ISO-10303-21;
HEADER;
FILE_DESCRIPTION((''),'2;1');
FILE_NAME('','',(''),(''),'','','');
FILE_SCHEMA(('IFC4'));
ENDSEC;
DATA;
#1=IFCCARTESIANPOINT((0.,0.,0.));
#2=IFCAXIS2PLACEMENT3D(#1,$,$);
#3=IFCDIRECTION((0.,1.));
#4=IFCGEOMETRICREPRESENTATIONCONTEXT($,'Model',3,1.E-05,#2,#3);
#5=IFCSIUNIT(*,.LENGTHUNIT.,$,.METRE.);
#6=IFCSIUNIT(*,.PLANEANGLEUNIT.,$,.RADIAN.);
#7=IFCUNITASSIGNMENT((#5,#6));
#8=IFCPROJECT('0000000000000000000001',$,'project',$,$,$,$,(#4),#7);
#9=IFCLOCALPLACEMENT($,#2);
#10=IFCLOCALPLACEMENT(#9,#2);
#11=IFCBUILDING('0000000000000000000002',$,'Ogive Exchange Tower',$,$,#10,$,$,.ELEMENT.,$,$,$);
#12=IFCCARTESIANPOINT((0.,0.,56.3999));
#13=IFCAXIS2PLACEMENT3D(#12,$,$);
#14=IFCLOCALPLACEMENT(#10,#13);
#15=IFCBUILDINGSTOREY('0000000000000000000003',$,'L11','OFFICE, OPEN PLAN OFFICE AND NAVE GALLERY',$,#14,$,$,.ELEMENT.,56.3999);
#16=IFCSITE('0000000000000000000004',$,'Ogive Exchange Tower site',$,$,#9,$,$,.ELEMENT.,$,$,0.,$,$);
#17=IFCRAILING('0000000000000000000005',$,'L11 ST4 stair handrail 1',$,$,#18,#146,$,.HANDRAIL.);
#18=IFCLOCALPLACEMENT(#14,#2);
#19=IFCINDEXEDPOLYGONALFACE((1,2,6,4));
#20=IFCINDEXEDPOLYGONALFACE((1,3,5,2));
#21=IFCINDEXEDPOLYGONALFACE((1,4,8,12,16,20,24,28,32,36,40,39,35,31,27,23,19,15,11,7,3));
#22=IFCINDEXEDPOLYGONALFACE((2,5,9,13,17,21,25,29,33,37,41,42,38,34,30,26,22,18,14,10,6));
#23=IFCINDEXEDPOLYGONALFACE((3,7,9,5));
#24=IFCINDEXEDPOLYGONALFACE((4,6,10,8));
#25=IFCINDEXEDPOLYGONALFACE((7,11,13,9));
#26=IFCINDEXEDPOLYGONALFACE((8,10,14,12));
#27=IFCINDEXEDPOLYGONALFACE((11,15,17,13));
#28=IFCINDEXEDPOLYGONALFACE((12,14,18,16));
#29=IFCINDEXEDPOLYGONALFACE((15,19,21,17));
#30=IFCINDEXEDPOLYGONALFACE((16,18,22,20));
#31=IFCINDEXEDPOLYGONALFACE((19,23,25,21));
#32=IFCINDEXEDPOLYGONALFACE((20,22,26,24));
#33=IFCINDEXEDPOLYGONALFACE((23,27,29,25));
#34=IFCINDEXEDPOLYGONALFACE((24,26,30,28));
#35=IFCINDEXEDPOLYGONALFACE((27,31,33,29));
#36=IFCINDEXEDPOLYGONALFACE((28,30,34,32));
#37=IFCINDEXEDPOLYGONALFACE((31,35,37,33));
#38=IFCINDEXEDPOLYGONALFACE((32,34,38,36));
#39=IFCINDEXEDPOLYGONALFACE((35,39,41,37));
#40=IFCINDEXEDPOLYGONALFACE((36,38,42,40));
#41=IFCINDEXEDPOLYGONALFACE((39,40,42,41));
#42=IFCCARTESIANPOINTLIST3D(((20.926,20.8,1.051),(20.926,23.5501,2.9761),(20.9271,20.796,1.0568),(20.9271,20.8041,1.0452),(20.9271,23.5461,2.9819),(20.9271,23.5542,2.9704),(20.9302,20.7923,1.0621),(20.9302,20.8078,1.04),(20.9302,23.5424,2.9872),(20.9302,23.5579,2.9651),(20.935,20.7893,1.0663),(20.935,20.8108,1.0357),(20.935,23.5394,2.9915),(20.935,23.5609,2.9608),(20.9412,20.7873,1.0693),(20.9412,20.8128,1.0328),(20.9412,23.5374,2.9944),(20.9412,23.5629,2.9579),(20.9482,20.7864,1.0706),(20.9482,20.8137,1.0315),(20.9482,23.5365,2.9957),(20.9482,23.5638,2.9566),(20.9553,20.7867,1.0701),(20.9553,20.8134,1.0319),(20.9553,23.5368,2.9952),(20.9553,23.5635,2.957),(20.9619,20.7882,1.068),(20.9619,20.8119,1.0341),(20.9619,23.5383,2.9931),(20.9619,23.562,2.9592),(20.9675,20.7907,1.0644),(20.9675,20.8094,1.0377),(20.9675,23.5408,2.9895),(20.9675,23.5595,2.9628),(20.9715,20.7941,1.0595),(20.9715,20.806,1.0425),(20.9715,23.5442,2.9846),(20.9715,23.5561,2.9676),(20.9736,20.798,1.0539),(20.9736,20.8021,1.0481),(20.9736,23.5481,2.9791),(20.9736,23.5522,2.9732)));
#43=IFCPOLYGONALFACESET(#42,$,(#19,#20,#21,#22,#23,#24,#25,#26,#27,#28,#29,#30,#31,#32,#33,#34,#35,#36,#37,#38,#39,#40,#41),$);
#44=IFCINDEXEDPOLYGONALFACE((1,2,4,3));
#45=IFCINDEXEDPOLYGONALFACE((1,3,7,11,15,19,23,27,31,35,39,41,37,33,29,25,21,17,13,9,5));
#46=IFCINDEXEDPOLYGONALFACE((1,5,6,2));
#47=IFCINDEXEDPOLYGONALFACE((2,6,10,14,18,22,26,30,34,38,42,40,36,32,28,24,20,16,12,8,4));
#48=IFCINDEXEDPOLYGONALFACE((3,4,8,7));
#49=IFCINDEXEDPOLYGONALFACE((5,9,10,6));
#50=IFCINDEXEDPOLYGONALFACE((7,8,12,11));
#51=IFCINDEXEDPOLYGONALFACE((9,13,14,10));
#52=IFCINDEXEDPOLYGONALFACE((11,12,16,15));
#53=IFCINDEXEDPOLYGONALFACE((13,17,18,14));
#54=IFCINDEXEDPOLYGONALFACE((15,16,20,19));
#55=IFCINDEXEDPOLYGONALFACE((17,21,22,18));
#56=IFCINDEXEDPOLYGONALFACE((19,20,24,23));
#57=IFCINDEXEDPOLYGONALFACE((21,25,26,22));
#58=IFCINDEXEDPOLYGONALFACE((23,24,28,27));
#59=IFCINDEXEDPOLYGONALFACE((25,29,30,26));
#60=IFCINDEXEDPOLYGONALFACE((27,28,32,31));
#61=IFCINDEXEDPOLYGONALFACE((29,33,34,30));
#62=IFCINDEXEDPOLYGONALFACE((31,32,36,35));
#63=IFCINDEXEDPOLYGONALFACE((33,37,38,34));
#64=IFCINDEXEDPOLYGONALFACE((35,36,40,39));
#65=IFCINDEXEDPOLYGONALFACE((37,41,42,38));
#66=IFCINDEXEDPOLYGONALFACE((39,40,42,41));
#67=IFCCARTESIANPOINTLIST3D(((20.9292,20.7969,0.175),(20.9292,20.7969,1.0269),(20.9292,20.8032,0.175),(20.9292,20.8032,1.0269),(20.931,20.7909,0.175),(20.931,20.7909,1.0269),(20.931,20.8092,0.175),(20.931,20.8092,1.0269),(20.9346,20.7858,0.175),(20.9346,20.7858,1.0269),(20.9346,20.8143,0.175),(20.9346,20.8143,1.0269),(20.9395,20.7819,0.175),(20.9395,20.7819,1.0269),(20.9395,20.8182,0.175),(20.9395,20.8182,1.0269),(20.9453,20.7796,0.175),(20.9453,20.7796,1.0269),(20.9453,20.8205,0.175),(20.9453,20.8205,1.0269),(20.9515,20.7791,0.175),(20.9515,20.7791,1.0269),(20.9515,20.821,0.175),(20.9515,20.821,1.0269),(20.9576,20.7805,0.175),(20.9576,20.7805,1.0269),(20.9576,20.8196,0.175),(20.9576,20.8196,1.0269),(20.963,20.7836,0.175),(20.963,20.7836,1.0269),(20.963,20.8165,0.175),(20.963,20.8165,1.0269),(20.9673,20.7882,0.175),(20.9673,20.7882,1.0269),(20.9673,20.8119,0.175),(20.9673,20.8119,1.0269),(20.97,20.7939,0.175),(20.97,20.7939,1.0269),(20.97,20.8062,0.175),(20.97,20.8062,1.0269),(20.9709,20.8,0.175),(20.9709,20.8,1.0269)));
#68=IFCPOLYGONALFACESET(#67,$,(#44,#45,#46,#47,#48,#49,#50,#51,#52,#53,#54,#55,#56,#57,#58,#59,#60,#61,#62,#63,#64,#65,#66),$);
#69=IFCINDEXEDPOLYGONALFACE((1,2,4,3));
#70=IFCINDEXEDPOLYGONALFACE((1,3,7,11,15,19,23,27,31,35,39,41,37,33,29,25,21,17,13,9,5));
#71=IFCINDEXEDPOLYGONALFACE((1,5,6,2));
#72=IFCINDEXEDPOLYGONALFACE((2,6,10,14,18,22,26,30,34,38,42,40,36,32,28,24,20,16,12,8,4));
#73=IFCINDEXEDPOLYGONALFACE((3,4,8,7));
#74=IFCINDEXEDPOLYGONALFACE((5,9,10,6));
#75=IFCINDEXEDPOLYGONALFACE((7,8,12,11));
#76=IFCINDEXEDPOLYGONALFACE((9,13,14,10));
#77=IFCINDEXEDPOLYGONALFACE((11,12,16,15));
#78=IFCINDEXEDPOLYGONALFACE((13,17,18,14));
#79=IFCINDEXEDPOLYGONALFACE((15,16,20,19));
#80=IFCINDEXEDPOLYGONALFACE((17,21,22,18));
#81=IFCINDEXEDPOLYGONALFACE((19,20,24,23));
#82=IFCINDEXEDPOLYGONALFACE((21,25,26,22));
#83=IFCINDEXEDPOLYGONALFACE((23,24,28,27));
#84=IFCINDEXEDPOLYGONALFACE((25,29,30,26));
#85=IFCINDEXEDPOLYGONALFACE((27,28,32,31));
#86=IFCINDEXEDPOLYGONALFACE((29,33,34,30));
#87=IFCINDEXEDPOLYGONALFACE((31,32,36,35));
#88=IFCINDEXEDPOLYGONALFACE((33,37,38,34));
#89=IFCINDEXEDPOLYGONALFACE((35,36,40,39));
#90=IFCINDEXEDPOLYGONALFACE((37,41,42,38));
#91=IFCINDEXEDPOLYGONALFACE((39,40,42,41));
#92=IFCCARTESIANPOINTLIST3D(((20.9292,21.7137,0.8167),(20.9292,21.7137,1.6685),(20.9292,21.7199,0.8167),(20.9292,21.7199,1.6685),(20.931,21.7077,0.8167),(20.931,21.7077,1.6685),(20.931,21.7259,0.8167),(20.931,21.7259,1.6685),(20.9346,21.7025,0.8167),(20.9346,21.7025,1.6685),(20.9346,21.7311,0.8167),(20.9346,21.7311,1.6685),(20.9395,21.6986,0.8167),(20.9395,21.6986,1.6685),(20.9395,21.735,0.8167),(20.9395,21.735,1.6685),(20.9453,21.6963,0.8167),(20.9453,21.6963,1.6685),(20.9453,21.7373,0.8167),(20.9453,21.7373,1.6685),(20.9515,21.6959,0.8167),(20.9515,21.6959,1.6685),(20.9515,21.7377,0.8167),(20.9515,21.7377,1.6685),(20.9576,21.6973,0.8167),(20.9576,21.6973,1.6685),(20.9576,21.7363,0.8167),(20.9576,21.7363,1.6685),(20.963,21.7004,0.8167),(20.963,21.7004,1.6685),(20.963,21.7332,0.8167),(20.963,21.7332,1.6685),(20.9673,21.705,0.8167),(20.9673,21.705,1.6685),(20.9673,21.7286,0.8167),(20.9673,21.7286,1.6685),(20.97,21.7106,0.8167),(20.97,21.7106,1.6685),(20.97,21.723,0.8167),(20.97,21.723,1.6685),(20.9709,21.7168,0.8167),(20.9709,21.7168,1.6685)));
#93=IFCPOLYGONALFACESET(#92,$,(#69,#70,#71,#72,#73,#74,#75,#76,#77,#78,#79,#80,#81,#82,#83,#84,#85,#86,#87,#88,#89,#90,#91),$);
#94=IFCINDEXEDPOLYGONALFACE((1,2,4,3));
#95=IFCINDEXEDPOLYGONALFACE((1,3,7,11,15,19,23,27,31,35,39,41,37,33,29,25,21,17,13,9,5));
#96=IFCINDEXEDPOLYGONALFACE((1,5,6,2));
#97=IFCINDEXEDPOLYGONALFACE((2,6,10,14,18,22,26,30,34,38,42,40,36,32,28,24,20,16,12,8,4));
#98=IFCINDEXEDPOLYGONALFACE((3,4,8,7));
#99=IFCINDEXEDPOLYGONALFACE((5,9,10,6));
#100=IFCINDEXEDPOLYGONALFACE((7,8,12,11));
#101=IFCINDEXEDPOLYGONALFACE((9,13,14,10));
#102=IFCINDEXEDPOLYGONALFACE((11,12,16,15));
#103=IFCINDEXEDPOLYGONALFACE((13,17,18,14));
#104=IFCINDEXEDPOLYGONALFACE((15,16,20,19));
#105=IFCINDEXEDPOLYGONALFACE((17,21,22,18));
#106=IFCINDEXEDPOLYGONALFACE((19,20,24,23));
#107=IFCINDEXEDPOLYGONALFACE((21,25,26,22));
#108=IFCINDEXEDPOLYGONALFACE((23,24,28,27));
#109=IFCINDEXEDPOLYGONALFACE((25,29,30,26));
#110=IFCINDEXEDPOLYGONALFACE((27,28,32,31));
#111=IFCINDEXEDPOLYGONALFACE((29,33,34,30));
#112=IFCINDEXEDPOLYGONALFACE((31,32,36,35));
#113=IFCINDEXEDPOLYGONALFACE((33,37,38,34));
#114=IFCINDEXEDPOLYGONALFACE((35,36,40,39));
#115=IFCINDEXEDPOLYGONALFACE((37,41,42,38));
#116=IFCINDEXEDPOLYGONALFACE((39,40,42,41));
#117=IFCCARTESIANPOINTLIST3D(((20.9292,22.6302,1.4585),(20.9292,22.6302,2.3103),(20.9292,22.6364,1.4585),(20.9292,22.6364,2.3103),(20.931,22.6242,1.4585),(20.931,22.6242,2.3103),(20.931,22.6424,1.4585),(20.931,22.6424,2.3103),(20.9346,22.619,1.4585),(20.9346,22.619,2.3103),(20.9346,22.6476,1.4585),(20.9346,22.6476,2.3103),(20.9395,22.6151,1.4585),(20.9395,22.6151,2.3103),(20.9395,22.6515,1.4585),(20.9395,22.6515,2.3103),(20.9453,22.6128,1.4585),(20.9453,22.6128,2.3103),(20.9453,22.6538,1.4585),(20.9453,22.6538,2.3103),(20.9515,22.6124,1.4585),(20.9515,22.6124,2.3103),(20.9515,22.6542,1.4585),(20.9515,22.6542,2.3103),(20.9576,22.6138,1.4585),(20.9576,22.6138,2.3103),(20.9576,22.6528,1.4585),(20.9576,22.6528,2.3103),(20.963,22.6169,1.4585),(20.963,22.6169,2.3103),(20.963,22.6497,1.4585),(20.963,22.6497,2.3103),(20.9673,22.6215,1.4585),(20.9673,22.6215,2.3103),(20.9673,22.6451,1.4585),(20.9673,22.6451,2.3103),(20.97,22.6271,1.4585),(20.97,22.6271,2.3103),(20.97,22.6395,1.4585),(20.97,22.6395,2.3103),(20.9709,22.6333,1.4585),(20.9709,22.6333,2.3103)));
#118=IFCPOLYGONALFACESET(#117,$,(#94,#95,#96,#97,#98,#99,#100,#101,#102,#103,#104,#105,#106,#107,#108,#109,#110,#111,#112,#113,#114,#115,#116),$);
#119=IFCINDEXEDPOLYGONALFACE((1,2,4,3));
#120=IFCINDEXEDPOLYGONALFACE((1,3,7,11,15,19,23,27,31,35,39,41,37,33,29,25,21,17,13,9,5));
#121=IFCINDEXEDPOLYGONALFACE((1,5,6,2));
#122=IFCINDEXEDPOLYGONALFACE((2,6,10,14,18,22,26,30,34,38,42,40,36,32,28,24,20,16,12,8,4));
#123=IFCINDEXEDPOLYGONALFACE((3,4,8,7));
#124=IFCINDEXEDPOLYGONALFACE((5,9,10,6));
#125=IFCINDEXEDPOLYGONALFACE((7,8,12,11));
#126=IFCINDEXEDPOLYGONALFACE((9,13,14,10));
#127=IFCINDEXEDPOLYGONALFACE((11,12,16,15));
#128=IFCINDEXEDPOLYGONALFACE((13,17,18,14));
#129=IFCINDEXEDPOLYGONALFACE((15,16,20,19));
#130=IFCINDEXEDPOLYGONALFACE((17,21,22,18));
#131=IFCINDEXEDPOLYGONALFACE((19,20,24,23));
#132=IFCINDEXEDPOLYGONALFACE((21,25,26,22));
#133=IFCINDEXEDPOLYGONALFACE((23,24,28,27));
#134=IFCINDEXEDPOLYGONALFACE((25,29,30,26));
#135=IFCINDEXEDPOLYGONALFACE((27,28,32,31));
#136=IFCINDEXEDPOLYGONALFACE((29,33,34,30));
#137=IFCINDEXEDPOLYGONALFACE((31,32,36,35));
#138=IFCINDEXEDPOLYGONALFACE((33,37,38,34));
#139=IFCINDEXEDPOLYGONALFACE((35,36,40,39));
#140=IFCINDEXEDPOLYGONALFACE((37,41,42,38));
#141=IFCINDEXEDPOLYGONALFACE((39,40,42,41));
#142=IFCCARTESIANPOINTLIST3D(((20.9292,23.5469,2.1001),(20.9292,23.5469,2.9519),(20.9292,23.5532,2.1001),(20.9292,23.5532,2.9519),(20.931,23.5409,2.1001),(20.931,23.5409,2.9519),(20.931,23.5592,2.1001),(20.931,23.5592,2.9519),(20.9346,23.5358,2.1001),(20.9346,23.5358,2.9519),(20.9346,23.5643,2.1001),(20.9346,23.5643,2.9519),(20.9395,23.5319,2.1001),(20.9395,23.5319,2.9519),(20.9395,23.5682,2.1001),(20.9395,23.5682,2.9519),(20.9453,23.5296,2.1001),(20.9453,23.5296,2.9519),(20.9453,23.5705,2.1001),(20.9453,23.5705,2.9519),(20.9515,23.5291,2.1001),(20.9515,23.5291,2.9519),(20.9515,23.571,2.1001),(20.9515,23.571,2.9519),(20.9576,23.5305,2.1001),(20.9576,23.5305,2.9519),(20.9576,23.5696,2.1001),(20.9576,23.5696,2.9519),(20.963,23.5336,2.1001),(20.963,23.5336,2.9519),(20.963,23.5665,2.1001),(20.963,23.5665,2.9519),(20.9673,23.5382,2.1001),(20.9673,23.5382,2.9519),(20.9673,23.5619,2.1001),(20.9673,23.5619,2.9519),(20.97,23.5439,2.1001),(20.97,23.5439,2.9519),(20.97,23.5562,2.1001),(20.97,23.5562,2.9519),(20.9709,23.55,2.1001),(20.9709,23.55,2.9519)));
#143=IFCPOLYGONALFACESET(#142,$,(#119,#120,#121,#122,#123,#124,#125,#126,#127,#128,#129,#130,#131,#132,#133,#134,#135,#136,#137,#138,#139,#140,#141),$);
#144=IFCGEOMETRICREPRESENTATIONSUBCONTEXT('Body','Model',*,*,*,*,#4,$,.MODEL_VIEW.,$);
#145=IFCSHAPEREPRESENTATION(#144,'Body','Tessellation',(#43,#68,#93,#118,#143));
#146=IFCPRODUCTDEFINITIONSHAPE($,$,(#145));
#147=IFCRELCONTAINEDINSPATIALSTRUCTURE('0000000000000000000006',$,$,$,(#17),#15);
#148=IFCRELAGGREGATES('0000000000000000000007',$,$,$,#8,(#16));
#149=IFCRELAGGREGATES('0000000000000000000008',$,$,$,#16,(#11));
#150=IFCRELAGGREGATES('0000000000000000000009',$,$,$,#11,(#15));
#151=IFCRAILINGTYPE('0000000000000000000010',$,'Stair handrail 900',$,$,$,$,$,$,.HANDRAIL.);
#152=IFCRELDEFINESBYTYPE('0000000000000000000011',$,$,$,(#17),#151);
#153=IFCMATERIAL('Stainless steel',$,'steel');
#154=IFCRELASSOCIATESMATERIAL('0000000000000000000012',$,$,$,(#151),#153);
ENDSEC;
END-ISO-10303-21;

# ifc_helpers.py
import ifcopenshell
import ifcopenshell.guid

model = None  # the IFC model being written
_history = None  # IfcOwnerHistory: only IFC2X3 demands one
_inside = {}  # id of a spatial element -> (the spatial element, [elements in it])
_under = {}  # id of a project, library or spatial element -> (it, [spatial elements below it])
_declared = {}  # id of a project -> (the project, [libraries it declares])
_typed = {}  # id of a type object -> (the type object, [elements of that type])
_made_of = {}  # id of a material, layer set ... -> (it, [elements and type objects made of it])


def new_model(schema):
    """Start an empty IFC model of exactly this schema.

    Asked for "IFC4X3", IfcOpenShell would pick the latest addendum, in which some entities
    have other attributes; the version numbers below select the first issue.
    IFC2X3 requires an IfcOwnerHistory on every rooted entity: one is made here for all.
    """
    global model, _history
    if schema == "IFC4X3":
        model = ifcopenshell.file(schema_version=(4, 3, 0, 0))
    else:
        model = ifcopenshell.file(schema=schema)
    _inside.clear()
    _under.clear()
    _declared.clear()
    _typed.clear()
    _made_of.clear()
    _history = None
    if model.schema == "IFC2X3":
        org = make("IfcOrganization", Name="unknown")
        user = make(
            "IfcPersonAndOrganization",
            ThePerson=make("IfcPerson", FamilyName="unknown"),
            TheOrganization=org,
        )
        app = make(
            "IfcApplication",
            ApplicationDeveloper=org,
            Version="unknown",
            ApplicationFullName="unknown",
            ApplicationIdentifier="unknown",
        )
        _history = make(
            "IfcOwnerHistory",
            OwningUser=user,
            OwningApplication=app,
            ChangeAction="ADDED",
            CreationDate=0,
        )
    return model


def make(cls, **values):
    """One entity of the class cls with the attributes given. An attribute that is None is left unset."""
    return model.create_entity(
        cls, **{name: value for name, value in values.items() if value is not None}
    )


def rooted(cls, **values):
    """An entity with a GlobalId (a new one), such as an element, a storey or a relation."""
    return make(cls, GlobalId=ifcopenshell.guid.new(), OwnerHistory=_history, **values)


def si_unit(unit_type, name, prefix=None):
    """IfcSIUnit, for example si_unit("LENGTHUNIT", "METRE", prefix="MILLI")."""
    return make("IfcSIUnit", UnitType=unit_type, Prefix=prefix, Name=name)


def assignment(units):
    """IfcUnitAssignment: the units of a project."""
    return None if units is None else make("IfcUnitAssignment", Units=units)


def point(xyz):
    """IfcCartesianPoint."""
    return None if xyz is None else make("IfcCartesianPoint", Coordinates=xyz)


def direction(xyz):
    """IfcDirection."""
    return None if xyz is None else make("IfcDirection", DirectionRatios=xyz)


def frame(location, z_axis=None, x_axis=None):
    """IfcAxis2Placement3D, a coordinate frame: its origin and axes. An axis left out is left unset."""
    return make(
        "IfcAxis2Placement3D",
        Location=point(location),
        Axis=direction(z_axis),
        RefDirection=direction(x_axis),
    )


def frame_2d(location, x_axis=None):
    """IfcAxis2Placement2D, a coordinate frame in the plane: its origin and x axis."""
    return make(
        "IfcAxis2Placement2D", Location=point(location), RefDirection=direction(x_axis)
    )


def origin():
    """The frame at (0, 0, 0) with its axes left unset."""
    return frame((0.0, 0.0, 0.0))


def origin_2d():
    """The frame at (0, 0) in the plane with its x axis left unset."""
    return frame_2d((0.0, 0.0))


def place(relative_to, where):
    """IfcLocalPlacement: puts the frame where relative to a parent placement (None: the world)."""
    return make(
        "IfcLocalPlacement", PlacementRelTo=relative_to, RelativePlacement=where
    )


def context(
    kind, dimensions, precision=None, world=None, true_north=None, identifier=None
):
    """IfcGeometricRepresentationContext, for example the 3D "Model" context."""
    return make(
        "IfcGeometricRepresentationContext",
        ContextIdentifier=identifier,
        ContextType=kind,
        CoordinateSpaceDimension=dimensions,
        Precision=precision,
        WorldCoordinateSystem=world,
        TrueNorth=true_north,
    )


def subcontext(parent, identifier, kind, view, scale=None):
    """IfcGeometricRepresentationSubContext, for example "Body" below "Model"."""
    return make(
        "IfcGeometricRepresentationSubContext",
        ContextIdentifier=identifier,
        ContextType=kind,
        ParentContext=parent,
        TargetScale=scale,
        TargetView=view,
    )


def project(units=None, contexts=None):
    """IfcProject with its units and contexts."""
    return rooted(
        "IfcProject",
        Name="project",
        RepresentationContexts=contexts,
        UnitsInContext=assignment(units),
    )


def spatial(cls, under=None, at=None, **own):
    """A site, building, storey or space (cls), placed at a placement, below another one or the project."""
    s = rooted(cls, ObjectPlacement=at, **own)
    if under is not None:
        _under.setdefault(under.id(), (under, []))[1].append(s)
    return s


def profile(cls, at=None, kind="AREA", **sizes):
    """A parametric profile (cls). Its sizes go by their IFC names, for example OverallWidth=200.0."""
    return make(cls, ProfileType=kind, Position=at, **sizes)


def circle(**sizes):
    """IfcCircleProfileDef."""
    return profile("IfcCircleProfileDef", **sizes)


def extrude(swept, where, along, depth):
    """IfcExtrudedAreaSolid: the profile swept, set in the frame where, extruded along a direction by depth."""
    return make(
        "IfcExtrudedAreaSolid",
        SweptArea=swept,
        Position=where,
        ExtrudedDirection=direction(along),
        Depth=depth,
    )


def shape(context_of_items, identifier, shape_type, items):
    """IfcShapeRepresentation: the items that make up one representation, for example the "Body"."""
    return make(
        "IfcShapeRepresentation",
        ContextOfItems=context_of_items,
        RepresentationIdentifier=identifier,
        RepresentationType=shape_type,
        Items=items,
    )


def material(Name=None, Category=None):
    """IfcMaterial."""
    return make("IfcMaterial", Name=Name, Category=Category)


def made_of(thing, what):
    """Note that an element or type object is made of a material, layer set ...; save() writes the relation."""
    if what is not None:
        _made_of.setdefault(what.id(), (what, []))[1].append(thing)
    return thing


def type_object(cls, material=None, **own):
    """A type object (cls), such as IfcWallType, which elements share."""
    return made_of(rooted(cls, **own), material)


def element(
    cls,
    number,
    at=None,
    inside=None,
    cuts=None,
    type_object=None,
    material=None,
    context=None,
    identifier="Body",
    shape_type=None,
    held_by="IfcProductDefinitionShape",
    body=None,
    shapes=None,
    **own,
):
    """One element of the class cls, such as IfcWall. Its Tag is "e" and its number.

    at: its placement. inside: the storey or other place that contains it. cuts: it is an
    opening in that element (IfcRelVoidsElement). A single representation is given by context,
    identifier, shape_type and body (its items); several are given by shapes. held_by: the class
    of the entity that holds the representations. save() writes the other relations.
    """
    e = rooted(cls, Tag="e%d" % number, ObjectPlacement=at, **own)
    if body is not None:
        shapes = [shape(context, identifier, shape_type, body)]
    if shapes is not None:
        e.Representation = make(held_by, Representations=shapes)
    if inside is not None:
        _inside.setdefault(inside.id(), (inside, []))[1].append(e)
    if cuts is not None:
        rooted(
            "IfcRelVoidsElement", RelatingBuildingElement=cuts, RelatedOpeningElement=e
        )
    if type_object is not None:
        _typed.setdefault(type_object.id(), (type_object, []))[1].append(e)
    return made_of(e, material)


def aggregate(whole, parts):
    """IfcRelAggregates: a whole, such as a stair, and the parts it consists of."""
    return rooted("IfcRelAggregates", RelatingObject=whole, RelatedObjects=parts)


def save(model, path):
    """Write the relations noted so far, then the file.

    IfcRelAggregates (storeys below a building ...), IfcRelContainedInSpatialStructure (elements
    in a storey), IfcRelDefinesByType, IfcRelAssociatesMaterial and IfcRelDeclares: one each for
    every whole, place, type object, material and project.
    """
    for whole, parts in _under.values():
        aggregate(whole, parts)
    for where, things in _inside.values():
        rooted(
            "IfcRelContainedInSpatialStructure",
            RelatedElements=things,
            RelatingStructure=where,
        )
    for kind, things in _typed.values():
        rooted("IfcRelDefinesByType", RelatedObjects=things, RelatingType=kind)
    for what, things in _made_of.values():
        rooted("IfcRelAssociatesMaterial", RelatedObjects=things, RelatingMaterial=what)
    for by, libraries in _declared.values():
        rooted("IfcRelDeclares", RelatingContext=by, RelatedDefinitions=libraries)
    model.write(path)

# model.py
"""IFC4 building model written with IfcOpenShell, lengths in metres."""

from ifc_helpers import new_model, si_unit, direction, frame, origin, origin_2d, place, context, subcontext, project, spatial, circle, extrude, material, type_object, element, save


model = new_model("IFC4")

# Units and contexts
model_context = context("Model", 3, precision=1e-05, world=origin(), true_north=direction((0.0, 1.0)))
body_context = subcontext(model_context, "Body", "Model", "MODEL_VIEW")
ifc_project = project(units=[si_unit("LENGTHUNIT", "METRE"), si_unit("PLANEANGLEUNIT", "RADIAN")], contexts=[model_context])

# Site, building, storey
site_placement = place(None, origin())
site = spatial("IfcSite", under=ifc_project, at=site_placement, Name="Ogive Exchange Tower site", CompositionType="ELEMENT", RefElevation=0.0)
building_placement = place(site_placement, origin())
building = spatial("IfcBuilding", under=site, at=building_placement, Name="Ogive Exchange Tower", CompositionType="ELEMENT")
storey_placement = place(building_placement, frame((0.0, 0.0, 56.3999)))
storey = spatial("IfcBuildingStorey", under=building, at=storey_placement, Name="L11", Description="OFFICE, OPEN PLAN OFFICE AND NAVE GALLERY", CompositionType="ELEMENT", Elevation=56.3999)

# Railing
ifc_material_1 = material(Name="Stainless steel", Category="steel")
railing_type = type_object("IfcRailingType", Name="Stair handrail 900", PredefinedType="HANDRAIL", material=ifc_material_1)
railing_1_placement = place(storey_placement, frame((20.95, 20.8, 0.175)))
element("IfcRailing", 1, at=railing_1_placement, inside=storey, type_object=railing_type, Name="L11 ST4 stair handrail 1", PredefinedType="HANDRAIL", context=body_context, shape_type="SweptSolid", body=[
    extrude(circle(Radius=0.0239, at=origin_2d()), frame((0.0, 0.0, 0.876), z_axis=(0.0, 0.819225, 0.573472), x_axis=(-1.0, 0.0, 0.0)), (0.0, 0.0, 1.0), 3.3569),
    extrude(circle(Radius=0.021, at=origin_2d()), origin(), (0.0, 0.0, 1.0), 0.8518),
    extrude(circle(Radius=0.021, at=origin_2d()), frame((0.0, 0.9167, 0.6416)), (0.0, 0.0, 1.0), 0.8518),
    extrude(circle(Radius=0.021, at=origin_2d()), frame((0.0, 1.8333, 1.2834)), (0.0, 0.0, 1.0), 0.8518),
    extrude(circle(Radius=0.021, at=origin_2d()), frame((0.0, 2.75, 1.925)), (0.0, 0.0, 1.0), 0.8518),
])

save(model, "model.ifc")
